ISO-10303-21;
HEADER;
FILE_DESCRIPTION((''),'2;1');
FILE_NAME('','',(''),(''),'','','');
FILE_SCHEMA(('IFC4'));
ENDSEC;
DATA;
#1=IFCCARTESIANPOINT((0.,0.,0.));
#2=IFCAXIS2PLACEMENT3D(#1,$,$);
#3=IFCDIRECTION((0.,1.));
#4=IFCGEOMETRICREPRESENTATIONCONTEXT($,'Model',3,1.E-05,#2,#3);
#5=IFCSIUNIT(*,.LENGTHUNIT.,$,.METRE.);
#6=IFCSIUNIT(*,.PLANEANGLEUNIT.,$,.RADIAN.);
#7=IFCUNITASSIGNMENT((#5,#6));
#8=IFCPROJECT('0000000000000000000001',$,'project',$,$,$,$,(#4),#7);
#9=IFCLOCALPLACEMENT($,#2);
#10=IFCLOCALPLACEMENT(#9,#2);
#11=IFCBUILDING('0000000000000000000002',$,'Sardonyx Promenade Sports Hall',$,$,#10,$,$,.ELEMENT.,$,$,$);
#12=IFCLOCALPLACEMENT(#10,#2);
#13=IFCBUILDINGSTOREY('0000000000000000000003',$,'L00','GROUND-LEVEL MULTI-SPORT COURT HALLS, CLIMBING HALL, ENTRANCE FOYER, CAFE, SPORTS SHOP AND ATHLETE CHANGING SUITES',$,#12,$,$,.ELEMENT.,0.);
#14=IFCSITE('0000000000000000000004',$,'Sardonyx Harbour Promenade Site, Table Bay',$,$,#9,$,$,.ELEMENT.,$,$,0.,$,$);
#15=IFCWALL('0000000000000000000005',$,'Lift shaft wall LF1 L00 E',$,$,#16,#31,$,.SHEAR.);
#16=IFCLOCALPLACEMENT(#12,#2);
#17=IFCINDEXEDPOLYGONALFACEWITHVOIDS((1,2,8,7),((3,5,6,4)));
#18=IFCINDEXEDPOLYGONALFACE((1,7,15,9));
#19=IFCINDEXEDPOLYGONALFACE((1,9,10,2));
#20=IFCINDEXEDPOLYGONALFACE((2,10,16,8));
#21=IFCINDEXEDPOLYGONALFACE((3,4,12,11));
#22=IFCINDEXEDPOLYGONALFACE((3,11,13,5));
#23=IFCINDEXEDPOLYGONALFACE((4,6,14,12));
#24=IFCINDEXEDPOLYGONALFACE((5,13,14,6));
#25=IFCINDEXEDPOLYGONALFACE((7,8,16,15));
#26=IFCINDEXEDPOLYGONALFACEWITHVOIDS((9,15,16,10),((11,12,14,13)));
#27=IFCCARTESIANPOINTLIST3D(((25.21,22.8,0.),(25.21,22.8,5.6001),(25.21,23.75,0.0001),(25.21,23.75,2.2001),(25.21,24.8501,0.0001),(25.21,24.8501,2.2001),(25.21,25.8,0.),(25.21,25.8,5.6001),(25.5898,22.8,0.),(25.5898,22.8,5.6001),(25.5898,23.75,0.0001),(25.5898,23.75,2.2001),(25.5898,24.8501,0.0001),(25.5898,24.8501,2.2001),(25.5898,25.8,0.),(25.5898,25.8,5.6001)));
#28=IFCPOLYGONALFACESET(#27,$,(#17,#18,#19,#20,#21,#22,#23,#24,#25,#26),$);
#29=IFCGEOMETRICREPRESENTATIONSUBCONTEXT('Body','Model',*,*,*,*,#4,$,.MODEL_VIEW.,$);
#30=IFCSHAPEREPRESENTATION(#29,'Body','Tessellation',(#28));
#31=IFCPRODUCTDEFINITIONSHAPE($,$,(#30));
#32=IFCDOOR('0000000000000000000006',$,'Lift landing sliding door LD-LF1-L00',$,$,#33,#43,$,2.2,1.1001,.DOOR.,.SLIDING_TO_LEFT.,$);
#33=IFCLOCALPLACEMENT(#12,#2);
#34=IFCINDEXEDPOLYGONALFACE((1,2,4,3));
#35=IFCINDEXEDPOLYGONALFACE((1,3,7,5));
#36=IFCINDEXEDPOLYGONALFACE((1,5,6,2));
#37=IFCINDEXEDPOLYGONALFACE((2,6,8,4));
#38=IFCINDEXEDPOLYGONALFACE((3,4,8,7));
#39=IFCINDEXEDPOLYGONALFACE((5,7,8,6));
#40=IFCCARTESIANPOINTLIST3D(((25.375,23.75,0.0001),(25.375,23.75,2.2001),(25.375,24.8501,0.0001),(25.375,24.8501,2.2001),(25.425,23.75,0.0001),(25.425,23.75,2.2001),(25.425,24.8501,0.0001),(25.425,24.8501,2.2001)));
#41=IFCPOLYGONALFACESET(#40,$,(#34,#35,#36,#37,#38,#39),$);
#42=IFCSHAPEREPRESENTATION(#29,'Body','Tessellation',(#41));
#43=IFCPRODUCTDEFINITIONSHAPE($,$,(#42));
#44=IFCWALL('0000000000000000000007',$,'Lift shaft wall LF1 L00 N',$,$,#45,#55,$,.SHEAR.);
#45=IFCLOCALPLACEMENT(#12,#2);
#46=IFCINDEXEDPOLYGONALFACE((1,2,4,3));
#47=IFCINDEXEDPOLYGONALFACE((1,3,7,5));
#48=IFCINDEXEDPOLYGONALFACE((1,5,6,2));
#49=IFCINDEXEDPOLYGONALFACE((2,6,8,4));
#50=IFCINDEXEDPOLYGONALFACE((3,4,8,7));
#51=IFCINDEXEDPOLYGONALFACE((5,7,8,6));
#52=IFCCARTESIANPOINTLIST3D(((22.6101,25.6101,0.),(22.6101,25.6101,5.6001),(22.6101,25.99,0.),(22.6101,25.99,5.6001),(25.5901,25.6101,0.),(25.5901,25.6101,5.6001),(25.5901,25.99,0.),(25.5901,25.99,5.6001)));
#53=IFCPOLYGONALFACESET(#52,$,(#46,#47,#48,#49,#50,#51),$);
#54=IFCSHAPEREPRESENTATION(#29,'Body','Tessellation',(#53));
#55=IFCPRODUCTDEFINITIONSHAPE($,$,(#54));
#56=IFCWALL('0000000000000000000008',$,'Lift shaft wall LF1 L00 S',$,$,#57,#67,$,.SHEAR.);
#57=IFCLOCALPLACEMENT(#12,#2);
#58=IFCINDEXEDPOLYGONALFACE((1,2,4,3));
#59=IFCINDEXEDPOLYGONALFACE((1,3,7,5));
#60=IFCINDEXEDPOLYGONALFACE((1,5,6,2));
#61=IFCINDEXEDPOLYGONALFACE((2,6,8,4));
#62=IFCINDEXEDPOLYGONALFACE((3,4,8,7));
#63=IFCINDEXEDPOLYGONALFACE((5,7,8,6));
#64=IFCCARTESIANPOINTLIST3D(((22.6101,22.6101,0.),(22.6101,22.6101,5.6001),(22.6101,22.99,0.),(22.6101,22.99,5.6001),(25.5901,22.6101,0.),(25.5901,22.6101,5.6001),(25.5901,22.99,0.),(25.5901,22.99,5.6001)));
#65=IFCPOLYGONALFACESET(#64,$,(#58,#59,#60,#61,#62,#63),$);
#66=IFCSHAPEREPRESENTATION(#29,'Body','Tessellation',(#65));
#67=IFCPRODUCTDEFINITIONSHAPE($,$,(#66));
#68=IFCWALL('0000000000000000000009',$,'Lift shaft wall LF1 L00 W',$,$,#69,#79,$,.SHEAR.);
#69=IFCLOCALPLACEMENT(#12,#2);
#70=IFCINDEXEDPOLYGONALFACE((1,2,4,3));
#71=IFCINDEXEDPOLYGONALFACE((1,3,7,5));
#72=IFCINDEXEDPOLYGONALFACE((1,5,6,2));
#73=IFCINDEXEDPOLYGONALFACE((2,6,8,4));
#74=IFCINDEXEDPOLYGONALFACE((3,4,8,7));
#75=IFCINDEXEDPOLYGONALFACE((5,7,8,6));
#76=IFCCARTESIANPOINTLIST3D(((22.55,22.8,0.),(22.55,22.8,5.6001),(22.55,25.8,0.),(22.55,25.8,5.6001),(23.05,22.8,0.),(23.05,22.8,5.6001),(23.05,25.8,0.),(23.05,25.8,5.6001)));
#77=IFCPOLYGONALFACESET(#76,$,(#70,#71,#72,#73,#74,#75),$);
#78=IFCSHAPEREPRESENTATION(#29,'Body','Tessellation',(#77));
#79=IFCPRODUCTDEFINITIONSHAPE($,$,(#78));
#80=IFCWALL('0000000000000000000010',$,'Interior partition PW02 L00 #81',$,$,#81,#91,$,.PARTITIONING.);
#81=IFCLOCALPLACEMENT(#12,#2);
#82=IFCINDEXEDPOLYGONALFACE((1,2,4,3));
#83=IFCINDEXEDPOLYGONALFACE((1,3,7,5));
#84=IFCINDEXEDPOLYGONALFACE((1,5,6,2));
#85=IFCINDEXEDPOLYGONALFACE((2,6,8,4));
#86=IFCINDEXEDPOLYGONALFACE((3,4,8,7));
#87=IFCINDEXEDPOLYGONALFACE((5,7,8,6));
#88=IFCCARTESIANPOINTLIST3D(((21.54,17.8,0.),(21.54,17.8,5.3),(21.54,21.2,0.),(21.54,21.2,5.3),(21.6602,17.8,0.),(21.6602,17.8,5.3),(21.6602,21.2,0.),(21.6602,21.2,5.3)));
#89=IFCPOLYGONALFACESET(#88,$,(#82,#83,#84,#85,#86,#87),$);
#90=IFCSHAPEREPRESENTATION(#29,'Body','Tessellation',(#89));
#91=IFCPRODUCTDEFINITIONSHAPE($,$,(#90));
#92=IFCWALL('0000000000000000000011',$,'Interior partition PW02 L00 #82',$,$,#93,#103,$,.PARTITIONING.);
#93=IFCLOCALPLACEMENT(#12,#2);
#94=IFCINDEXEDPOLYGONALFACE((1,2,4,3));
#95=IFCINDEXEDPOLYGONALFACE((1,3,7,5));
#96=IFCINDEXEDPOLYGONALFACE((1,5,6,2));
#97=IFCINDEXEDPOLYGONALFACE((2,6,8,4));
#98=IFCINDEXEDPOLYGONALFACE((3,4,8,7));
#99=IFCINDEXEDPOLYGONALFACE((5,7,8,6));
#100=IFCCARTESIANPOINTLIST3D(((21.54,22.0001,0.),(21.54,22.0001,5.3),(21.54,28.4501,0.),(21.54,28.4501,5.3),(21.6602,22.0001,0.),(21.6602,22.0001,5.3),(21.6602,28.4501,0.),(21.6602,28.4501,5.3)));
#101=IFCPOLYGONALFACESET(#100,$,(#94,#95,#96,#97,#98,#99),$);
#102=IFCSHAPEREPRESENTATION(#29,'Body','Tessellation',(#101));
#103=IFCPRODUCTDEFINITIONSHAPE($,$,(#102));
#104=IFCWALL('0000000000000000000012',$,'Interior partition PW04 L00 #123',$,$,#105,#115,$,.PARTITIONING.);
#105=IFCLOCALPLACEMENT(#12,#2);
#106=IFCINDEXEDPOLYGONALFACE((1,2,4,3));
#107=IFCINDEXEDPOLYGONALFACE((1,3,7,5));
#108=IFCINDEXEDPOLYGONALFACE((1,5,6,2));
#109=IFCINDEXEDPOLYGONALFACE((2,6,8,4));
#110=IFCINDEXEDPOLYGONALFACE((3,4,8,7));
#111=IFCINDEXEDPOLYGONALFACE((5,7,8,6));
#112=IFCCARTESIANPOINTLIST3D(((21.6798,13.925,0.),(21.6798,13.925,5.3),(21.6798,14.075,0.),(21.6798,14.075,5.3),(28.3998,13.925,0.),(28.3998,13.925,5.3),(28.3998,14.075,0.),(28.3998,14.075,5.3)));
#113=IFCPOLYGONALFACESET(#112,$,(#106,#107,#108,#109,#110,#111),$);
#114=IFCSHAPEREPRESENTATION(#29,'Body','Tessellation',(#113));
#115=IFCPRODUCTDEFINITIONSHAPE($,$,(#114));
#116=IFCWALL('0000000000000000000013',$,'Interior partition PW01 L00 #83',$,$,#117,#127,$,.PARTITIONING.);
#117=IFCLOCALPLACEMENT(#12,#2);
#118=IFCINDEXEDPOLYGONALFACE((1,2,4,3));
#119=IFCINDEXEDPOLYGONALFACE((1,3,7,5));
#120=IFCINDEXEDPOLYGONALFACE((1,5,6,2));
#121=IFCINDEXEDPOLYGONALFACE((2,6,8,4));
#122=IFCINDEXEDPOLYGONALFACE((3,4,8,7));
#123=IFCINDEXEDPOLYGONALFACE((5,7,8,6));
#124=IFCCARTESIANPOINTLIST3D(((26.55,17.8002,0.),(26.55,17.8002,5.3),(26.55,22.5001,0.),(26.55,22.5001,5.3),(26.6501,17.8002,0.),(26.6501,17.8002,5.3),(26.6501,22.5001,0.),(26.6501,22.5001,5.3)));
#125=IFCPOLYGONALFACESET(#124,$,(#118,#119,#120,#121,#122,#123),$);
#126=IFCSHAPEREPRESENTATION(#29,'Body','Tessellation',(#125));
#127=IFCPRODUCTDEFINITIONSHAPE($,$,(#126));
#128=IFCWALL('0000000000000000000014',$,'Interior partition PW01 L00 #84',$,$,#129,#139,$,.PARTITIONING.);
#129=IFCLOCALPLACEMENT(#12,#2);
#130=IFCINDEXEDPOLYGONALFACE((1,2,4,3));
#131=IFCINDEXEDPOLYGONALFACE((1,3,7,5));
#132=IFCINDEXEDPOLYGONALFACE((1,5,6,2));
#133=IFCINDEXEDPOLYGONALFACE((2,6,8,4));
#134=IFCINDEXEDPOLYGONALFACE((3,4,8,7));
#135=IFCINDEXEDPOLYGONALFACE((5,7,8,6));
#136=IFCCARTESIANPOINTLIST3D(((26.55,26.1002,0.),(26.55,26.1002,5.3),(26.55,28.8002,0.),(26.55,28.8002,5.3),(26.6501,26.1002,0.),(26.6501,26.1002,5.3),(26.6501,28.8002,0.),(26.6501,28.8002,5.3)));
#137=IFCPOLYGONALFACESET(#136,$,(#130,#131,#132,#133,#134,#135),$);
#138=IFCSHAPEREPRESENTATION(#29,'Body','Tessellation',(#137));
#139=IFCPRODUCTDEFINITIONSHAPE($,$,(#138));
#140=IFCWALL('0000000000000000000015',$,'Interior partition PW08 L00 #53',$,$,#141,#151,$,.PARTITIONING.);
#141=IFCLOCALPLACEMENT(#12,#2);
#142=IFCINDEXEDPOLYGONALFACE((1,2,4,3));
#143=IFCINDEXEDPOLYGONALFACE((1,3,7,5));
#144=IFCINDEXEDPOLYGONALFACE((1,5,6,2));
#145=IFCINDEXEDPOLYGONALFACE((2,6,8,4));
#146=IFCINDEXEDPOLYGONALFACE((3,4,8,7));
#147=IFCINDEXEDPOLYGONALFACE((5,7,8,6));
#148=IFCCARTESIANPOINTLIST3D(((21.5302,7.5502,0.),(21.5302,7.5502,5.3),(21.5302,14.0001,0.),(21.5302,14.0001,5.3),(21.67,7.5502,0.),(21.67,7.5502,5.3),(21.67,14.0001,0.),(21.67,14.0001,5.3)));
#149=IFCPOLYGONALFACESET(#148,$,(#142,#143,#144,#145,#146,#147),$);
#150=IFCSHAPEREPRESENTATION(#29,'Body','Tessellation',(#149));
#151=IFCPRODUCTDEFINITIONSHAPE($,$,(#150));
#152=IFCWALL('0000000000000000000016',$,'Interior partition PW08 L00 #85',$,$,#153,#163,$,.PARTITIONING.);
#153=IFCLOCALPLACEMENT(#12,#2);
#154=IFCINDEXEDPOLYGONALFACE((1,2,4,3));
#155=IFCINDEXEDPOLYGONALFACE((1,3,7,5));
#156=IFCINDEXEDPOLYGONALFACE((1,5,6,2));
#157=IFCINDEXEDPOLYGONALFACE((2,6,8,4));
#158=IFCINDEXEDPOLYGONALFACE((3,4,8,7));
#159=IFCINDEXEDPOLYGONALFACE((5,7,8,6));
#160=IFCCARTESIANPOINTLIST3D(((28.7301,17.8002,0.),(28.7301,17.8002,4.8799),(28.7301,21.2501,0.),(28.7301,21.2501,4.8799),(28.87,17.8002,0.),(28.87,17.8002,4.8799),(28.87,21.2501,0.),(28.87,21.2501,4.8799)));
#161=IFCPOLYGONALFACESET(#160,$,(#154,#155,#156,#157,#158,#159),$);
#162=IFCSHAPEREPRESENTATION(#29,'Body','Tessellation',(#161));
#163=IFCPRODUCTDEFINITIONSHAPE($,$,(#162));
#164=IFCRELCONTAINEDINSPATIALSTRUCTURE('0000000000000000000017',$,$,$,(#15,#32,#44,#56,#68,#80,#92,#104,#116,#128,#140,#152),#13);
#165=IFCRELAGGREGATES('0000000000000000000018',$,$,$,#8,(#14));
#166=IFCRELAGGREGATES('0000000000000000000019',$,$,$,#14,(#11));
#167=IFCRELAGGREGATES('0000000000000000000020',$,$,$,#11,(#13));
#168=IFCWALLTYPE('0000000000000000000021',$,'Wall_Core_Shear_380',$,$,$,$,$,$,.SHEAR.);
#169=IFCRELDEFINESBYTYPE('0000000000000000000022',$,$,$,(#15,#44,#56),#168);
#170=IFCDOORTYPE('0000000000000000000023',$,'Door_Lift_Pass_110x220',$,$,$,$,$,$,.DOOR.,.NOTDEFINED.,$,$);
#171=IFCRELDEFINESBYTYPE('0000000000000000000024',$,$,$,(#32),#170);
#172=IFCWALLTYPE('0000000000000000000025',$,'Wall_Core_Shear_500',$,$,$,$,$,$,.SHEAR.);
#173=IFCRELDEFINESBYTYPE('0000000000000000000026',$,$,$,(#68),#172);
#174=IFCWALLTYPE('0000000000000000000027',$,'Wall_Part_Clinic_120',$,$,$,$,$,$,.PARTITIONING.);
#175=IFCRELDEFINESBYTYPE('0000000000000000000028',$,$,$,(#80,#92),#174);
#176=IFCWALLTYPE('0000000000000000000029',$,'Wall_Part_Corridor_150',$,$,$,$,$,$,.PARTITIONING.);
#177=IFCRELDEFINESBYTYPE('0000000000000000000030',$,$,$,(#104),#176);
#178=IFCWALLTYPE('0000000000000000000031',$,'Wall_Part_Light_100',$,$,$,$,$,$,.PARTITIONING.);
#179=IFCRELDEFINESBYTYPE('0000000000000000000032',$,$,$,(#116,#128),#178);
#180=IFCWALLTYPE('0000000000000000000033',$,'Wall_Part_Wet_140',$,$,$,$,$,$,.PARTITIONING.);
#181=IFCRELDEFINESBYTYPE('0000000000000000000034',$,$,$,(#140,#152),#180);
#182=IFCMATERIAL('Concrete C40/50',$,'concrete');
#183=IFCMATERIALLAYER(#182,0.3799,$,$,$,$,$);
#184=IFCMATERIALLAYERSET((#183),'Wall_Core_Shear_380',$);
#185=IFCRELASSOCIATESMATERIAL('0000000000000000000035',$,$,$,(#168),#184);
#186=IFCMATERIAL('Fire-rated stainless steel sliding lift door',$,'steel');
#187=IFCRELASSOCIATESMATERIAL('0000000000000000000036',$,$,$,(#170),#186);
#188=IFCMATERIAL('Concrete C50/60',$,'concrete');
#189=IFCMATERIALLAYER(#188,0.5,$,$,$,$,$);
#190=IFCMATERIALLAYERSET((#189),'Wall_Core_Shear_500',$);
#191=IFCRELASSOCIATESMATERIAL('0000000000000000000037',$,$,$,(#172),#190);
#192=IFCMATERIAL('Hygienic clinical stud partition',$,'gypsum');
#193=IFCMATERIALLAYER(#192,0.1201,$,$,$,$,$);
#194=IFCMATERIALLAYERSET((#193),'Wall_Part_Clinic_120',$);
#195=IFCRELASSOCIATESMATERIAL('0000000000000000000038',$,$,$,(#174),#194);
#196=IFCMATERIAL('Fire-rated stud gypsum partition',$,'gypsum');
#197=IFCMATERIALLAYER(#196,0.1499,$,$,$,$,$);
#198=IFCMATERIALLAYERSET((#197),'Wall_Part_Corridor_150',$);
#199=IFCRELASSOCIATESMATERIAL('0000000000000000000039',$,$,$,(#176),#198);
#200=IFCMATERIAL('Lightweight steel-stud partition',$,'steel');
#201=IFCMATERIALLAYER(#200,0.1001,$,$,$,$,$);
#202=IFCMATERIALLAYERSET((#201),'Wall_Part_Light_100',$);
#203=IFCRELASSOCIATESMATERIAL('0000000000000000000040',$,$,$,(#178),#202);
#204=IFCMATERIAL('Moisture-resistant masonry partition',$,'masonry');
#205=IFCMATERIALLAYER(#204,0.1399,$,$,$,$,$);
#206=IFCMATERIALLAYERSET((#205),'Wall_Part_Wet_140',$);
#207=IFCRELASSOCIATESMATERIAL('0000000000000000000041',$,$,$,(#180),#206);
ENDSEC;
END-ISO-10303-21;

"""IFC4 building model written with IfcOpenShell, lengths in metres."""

from ifc_helpers import new_model, si_unit, direction, frame, frame_2d, origin, place, context, subcontext, project, spatial, rectangle, extrude, material, layer, layer_set, type_object, element, fill, save


model = new_model("IFC4")

# Units and contexts
model_context = context("Model", 3, precision=1e-05, world=origin(), true_north=direction((0.0, 1.0)))
body_context = subcontext(model_context, "Body", "Model", "MODEL_VIEW")
ifc_project = project(units=[si_unit("LENGTHUNIT", "METRE"), si_unit("PLANEANGLEUNIT", "RADIAN")], contexts=[model_context])

# Site, building, storey
site_placement = place(None, origin())
site = spatial("IfcSite", under=ifc_project, at=site_placement, Name="Sardonyx Harbour Promenade Site, Table Bay", CompositionType="ELEMENT", RefElevation=0.0)
building_placement = place(site_placement, origin())
building = spatial("IfcBuilding", under=site, at=building_placement, Name="Sardonyx Promenade Sports Hall", CompositionType="ELEMENT")
storey_placement = place(building_placement, origin())
storey = spatial("IfcBuildingStorey", under=building, at=storey_placement, Name="L00", Description="GROUND-LEVEL MULTI-SPORT COURT HALLS, CLIMBING HALL, ENTRANCE FOYER, CAFE, SPORTS SHOP AND ATHLETE CHANGING SUITES", CompositionType="ELEMENT", Elevation=0.0)

# Wall, opening, door
ifc_material_1 = material(Name="Concrete C40/50", Category="concrete")
ifc_layer_1 = layer(ifc_material_1, 0.3799)
ifc_layer_set_1 = layer_set([ifc_layer_1], Name="Wall_Core_Shear_380")
wall_type_1 = type_object("IfcWallType", Name="Wall_Core_Shear_380", PredefinedType="SHEAR", material=ifc_layer_set_1)
wall_1_placement = place(storey_placement, frame((25.3999, 22.8, 0.0), z_axis=(0.0, 0.0, 1.0), x_axis=(0.0, 1.0, 0.0)))
wall_1 = element("IfcWall", 1, at=wall_1_placement, inside=storey, type_object=wall_type_1, Name="Lift shaft wall LF1 L00 E", PredefinedType="SHEAR", context=body_context, shape_type="SweptSolid", body=[
    extrude(rectangle(XDim=3.0, YDim=0.3799, at=frame_2d((1.5, 0.0))), origin(), (0.0, 0.0, 1.0), 5.6001),
])
opening_1_placement = place(wall_1_placement, frame((0.95, 0.0, 0.0)))
opening_1 = element("IfcOpeningElement", 2, at=opening_1_placement, cuts=wall_1, PredefinedType="OPENING", context=body_context, shape_type="SweptSolid", body=[
    extrude(rectangle(XDim=1.1001, YDim=2.2, at=frame_2d((0.55, 1.1001))), frame((0.0, 0.2, 0.0), z_axis=(0.0, -1.0, 0.0), x_axis=(1.0, 0.0, 0.0)), (0.0, 0.0, 1.0), 0.4),
])
ifc_material_2 = material(Name="Fire-rated stainless steel sliding lift door", Category="steel")
door_type_1 = type_object("IfcDoorType", Name="Door_Lift_Pass_110x220", OperationType="NOTDEFINED", PredefinedType="DOOR", material=ifc_material_2)
door_1_placement = place(opening_1_placement, origin())
door_1 = element("IfcDoor", 3, at=door_1_placement, inside=storey, type_object=door_type_1, Name="Lift landing sliding door LD-LF1-L00", OperationType="SLIDING_TO_LEFT", OverallHeight=2.2, OverallWidth=1.1001, PredefinedType="DOOR", context=body_context, shape_type="SweptSolid", body=[
    extrude(rectangle(XDim=1.1001, YDim=2.2, at=frame_2d((0.55, 1.1001))), frame((0.0, 0.0249, 0.0), z_axis=(0.0, -1.0, 0.0), x_axis=(1.0, 0.0, 0.0)), (0.0, 0.0, 1.0), 0.05),
])
fill(opening_1, door_1)

# Walls
for number, where, z_axis, x_axis, name in (
    (4, (22.6101, 25.8, 0.0), (0.0, 0.0, 1.0), (1.0, 0.0, 0.0), "Lift shaft wall LF1 L00 N"),
    (5, (25.5901, 22.8, 0.0), (0.0, 0.0, 1.0), (-1.0, 0.0, 0.0), "Lift shaft wall LF1 L00 S"),
):
    element("IfcWall", number, at=place(storey_placement, frame(where, z_axis=z_axis, x_axis=x_axis)), inside=storey, type_object=wall_type_1, Name=name, PredefinedType="SHEAR", context=body_context, shape_type="SweptSolid", body=[
        extrude(rectangle(XDim=2.98, YDim=0.3799, at=frame_2d((1.49, 0.0))), origin(), (0.0, 0.0, 1.0), 5.6001),
    ])
ifc_material_3 = material(Name="Concrete C50/60", Category="concrete")
ifc_layer_2 = layer(ifc_material_3, 0.5)
ifc_layer_set_2 = layer_set([ifc_layer_2], Name="Wall_Core_Shear_500")
wall_type_2 = type_object("IfcWallType", Name="Wall_Core_Shear_500", PredefinedType="SHEAR", material=ifc_layer_set_2)
wall_2_placement = place(storey_placement, frame((22.8, 25.8, 0.0), z_axis=(0.0, 0.0, 1.0), x_axis=(0.0, -1.0, 0.0)))
element("IfcWall", 6, at=wall_2_placement, inside=storey, type_object=wall_type_2, Name="Lift shaft wall LF1 L00 W", PredefinedType="SHEAR", context=body_context, shape_type="SweptSolid", body=[
    extrude(rectangle(XDim=3.0, YDim=0.5, at=frame_2d((1.5, 0.0))), origin(), (0.0, 0.0, 1.0), 5.6001),
])
ifc_material_4 = material(Name="Hygienic clinical stud partition", Category="gypsum")
ifc_layer_3 = layer(ifc_material_4, 0.1201)
ifc_layer_set_3 = layer_set([ifc_layer_3], Name="Wall_Part_Clinic_120")
wall_type_3 = type_object("IfcWallType", Name="Wall_Part_Clinic_120", PredefinedType="PARTITIONING", material=ifc_layer_set_3)
wall_3_placement = place(storey_placement, frame((21.6001, 17.8, 0.0), z_axis=(0.0, 0.0, 1.0), x_axis=(0.0, 1.0, 0.0)))
element("IfcWall", 7, at=wall_3_placement, inside=storey, type_object=wall_type_3, Name="Interior partition PW02 L00 #81", PredefinedType="PARTITIONING", context=body_context, shape_type="SweptSolid", body=[
    extrude(rectangle(XDim=3.3999, YDim=0.1201, at=frame_2d((1.7, 0.0))), origin(), (0.0, 0.0, 1.0), 5.3),
])
wall_4_placement = place(storey_placement, frame((21.6001, 22.0, 0.0), z_axis=(0.0, 0.0, 1.0), x_axis=(0.0, 1.0, 0.0)))
element("IfcWall", 8, at=wall_4_placement, inside=storey, type_object=wall_type_3, Name="Interior partition PW02 L00 #82", PredefinedType="PARTITIONING", context=body_context, shape_type="SweptSolid", body=[
    extrude(rectangle(XDim=6.45, YDim=0.1201, at=frame_2d((3.2251, 0.0))), origin(), (0.0, 0.0, 1.0), 5.3),
])
ifc_material_5 = material(Name="Fire-rated stud gypsum partition", Category="gypsum")
ifc_layer_4 = layer(ifc_material_5, 0.1499)
ifc_layer_set_4 = layer_set([ifc_layer_4], Name="Wall_Part_Corridor_150")
wall_type_4 = type_object("IfcWallType", Name="Wall_Part_Corridor_150", PredefinedType="PARTITIONING", material=ifc_layer_set_4)
wall_5_placement = place(storey_placement, frame((21.6799, 14.0, 0.0), z_axis=(0.0, 0.0, 1.0), x_axis=(1.0, 0.0, 0.0)))
element("IfcWall", 9, at=wall_5_placement, inside=storey, type_object=wall_type_4, Name="Interior partition PW04 L00 #123", PredefinedType="PARTITIONING", context=body_context, shape_type="SweptSolid", body=[
    extrude(rectangle(XDim=6.72, YDim=0.1499, at=frame_2d((3.3599, 0.0))), origin(), (0.0, 0.0, 1.0), 5.3),
])
ifc_material_6 = material(Name="Lightweight steel-stud partition", Category="steel")
ifc_layer_5 = layer(ifc_material_6, 0.1001)
ifc_layer_set_5 = layer_set([ifc_layer_5], Name="Wall_Part_Light_100")
wall_type_5 = type_object("IfcWallType", Name="Wall_Part_Light_100", PredefinedType="PARTITIONING", material=ifc_layer_set_5)
wall_6_placement = place(storey_placement, frame((26.6001, 17.8, 0.0), z_axis=(0.0, 0.0, 1.0), x_axis=(0.0, 1.0, 0.0)))
element("IfcWall", 10, at=wall_6_placement, inside=storey, type_object=wall_type_5, Name="Interior partition PW01 L00 #83", PredefinedType="PARTITIONING", context=body_context, shape_type="SweptSolid", body=[
    extrude(rectangle(XDim=4.7, YDim=0.1001, at=frame_2d((2.3501, 0.0))), origin(), (0.0, 0.0, 1.0), 5.3),
])
wall_7_placement = place(storey_placement, frame((26.6001, 26.1001, 0.0), z_axis=(0.0, 0.0, 1.0), x_axis=(0.0, 1.0, 0.0)))
element("IfcWall", 11, at=wall_7_placement, inside=storey, type_object=wall_type_5, Name="Interior partition PW01 L00 #84", PredefinedType="PARTITIONING", context=body_context, shape_type="SweptSolid", body=[
    extrude(rectangle(XDim=2.7, YDim=0.1001, at=frame_2d((1.3501, 0.0))), origin(), (0.0, 0.0, 1.0), 5.3),
])
ifc_material_7 = material(Name="Moisture-resistant masonry partition", Category="masonry")
ifc_layer_6 = layer(ifc_material_7, 0.1399)
ifc_layer_set_6 = layer_set([ifc_layer_6], Name="Wall_Part_Wet_140")
wall_type_6 = type_object("IfcWallType", Name="Wall_Part_Wet_140", PredefinedType="PARTITIONING", material=ifc_layer_set_6)
wall_8_placement = place(storey_placement, frame((21.6001, 7.55, 0.0), z_axis=(0.0, 0.0, 1.0), x_axis=(0.0, 1.0, 0.0)))
element("IfcWall", 12, at=wall_8_placement, inside=storey, type_object=wall_type_6, Name="Interior partition PW08 L00 #53", PredefinedType="PARTITIONING", context=body_context, shape_type="SweptSolid", body=[
    extrude(rectangle(XDim=6.45, YDim=0.1399, at=frame_2d((3.2251, 0.0))), origin(), (0.0, 0.0, 1.0), 5.3),
])
wall_9_placement = place(storey_placement, frame((28.8, 17.8, 0.0), z_axis=(0.0, 0.0, 1.0), x_axis=(0.0, 1.0, 0.0)))
element("IfcWall", 13, at=wall_9_placement, inside=storey, type_object=wall_type_6, Name="Interior partition PW08 L00 #85", PredefinedType="PARTITIONING", context=body_context, shape_type="SweptSolid", body=[
    extrude(rectangle(XDim=3.45, YDim=0.1399, at=frame_2d((1.7251, 0.0))), origin(), (0.0, 0.0, 1.0), 4.8799),
])

save(model, "model.ifc")
